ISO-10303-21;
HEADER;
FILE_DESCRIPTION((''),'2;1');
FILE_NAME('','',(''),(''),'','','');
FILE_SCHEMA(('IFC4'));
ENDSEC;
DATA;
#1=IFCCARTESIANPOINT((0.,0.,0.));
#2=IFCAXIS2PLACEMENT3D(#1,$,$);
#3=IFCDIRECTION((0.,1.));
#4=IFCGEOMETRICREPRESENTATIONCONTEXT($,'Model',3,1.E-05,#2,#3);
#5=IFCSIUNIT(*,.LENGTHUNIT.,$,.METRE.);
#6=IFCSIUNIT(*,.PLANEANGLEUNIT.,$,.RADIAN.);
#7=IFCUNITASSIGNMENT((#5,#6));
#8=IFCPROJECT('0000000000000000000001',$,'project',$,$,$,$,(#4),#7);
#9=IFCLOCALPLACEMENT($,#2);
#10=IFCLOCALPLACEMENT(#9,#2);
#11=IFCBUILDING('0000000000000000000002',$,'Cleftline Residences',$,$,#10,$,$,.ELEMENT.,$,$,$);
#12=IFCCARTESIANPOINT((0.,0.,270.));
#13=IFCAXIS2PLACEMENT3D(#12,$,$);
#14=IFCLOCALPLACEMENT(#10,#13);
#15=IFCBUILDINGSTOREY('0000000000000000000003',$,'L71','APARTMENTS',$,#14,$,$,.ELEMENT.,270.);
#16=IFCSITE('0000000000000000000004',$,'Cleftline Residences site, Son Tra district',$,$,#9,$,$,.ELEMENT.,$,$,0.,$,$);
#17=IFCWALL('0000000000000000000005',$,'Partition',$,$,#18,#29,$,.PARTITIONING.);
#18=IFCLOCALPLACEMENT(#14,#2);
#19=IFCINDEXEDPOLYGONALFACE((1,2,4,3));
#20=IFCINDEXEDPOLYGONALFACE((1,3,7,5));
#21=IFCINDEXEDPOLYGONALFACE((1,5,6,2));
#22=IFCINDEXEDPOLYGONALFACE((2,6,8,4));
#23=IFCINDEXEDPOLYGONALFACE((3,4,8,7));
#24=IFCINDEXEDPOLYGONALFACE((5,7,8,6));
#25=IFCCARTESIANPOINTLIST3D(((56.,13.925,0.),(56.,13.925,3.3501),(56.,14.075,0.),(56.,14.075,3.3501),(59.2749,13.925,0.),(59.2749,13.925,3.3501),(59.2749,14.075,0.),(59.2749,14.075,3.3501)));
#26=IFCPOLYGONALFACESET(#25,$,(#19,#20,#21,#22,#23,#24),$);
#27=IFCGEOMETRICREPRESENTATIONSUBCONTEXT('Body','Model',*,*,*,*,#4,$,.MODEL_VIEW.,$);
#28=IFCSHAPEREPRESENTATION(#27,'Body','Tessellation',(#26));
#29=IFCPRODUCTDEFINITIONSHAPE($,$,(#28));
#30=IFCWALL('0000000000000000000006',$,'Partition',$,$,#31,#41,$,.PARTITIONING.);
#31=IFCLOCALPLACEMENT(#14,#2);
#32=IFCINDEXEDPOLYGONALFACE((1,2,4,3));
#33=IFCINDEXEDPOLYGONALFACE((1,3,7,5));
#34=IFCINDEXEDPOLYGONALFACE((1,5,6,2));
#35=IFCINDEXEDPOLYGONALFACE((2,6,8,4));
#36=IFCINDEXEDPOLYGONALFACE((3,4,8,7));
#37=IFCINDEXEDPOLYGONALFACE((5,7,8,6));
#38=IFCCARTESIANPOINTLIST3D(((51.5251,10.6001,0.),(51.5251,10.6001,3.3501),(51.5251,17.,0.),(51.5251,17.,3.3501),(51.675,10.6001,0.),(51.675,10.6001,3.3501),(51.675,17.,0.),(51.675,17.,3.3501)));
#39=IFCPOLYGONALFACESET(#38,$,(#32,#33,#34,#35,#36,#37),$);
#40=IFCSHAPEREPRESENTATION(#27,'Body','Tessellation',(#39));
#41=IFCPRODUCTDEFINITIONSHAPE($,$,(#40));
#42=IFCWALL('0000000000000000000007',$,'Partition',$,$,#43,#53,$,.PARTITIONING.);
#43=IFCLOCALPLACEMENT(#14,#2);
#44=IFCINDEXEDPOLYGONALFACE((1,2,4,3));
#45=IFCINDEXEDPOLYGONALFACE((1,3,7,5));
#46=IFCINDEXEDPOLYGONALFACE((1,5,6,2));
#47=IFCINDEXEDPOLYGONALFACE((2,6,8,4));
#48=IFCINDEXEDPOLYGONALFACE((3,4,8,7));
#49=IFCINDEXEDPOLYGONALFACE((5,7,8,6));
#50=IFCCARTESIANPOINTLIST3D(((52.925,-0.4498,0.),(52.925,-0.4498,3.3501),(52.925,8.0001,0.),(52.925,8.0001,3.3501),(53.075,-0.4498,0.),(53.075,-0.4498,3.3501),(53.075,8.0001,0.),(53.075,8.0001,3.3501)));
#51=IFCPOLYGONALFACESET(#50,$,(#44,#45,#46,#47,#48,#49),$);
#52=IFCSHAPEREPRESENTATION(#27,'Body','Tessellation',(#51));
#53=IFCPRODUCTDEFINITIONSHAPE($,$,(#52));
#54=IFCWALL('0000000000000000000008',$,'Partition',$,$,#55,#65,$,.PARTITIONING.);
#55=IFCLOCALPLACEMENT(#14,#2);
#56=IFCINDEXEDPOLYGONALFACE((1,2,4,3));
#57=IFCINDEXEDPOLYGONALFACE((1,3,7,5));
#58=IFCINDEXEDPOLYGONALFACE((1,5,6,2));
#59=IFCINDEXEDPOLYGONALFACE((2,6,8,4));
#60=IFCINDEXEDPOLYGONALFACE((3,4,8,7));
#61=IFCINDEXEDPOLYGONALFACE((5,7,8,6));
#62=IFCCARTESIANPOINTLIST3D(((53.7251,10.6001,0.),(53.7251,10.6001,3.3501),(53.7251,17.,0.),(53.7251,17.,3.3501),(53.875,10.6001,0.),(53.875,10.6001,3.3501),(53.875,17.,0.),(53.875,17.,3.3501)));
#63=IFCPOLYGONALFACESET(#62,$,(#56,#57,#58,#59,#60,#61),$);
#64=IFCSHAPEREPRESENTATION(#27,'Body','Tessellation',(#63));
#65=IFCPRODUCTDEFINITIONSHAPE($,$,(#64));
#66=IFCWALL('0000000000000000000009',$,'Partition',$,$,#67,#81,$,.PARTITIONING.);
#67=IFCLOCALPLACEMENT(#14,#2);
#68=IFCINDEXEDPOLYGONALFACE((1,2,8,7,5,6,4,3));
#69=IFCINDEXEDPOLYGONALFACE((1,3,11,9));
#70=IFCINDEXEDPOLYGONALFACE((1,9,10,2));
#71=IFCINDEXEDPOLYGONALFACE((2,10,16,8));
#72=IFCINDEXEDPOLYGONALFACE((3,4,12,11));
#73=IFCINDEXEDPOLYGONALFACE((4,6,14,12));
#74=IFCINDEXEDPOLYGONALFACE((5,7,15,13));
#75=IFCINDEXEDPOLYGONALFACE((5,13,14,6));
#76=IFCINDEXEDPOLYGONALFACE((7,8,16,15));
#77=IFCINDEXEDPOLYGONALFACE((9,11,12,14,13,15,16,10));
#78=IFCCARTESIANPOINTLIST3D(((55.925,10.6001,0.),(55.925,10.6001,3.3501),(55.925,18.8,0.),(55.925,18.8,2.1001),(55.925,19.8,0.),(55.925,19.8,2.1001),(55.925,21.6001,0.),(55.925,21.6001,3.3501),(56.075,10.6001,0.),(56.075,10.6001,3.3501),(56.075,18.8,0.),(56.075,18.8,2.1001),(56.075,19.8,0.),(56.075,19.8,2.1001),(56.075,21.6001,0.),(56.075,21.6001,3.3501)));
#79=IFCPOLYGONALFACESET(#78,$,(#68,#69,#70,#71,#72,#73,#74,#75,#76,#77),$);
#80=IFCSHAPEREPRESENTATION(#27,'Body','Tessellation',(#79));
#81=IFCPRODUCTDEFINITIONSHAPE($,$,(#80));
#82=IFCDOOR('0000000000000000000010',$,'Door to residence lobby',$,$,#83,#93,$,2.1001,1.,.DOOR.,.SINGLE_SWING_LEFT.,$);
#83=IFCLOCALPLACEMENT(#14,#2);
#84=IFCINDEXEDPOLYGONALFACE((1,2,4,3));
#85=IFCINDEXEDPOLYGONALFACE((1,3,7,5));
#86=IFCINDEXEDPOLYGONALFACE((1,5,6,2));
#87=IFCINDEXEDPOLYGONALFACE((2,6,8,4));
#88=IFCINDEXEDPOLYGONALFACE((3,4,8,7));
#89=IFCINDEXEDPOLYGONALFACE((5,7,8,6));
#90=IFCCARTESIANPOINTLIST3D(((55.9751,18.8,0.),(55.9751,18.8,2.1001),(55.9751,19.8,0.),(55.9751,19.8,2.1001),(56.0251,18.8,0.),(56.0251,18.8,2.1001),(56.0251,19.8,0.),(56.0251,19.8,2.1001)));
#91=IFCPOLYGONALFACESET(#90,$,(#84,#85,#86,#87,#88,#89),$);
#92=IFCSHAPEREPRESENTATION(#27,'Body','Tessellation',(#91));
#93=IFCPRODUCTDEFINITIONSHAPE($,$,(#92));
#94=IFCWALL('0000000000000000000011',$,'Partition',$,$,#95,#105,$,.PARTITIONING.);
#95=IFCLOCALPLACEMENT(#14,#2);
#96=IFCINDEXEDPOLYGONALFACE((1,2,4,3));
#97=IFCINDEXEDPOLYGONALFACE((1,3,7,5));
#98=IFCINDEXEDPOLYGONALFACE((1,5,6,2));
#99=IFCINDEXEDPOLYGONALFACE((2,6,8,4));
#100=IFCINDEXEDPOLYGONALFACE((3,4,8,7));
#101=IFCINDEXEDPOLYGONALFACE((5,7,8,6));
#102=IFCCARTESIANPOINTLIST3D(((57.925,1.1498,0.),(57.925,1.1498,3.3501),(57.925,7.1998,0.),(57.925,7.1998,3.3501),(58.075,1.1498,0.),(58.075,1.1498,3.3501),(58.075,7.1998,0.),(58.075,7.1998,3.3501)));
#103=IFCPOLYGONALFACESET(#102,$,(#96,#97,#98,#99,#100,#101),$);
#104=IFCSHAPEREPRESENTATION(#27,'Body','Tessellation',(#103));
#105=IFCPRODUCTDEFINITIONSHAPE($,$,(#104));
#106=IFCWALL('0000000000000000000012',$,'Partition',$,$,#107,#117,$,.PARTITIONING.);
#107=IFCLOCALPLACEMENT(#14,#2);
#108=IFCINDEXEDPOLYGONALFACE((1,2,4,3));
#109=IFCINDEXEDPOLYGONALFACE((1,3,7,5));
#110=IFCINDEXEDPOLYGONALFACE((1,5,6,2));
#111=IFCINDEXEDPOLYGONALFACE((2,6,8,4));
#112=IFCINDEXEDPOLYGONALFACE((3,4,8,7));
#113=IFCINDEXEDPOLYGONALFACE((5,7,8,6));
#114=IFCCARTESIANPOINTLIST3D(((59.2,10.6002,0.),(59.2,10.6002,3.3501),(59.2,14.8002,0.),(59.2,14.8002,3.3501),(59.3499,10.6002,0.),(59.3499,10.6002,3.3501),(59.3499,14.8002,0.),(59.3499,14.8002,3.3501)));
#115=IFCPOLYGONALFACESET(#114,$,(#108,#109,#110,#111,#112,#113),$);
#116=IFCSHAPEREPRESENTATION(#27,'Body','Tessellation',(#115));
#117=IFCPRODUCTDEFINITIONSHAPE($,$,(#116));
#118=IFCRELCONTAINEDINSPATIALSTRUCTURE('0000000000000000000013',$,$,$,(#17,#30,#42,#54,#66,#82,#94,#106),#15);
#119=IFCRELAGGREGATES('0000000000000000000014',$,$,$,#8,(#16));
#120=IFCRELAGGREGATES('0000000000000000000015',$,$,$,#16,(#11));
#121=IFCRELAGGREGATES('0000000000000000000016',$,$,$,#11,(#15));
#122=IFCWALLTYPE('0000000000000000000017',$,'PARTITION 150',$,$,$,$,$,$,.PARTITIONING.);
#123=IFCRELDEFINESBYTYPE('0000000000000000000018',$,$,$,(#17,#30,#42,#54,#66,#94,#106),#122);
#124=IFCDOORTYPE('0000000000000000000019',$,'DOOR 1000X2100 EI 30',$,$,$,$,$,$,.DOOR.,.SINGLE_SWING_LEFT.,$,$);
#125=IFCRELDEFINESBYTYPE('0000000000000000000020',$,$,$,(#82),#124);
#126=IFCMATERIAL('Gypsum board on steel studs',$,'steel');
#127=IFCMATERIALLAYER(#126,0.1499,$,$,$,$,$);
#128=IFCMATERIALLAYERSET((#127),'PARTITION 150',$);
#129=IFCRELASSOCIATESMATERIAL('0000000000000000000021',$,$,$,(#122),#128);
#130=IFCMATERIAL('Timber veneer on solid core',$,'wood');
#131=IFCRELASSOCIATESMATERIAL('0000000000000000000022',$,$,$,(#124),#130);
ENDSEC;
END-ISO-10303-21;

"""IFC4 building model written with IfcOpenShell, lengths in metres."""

from ifc_helpers import new_model, si_unit, direction, frame, frame_2d, origin, place, context, subcontext, project, spatial, rectangle, extrude, material, layer, layer_set, type_object, element, fill, save


model = new_model("IFC4")

# Units and contexts
model_context = context("Model", 3, precision=1e-05, world=origin(), true_north=direction((0.0, 1.0)))
body_context = subcontext(model_context, "Body", "Model", "MODEL_VIEW")
ifc_project = project(units=[si_unit("LENGTHUNIT", "METRE"), si_unit("PLANEANGLEUNIT", "RADIAN")], contexts=[model_context])

# Site, building, storey
site_placement = place(None, origin())
site = spatial("IfcSite", under=ifc_project, at=site_placement, Name="Cleftline Residences site, Son Tra district", CompositionType="ELEMENT", RefElevation=0.0)
building_placement = place(site_placement, origin())
building = spatial("IfcBuilding", under=site, at=building_placement, Name="Cleftline Residences", CompositionType="ELEMENT")
storey_placement = place(building_placement, frame((0.0, 0.0, 270.0)))
storey = spatial("IfcBuildingStorey", under=building, at=storey_placement, Name="L71", Description="APARTMENTS", CompositionType="ELEMENT", Elevation=270.0)

# Shared definitions
ifc_material_1 = material(Name="Gypsum board on steel studs", Category="steel")
ifc_layer_1 = layer(ifc_material_1, 0.1499)
ifc_layer_set_1 = layer_set([ifc_layer_1], Name="PARTITION 150")
wall_type_1 = type_object("IfcWallType", Name="PARTITION 150", PredefinedType="PARTITIONING", material=ifc_layer_set_1)

# Walls
wall_1_placement = place(storey_placement, frame((56.0, 14.0, 0.0), z_axis=(0.0, 0.0, 1.0), x_axis=(1.0, 0.0, 0.0)))
element("IfcWall", 1, at=wall_1_placement, inside=storey, type_object=wall_type_1, Name="Partition", PredefinedType="PARTITIONING", context=body_context, shape_type="SweptSolid", body=[
    extrude(rectangle(XDim=3.2749, YDim=0.1499, at=frame_2d((1.6375, 0.0))), origin(), (0.0, 0.0, 1.0), 3.3501),
])
wall_2_placement = place(storey_placement, frame((51.6001, 10.6001, 0.0), z_axis=(0.0, 0.0, 1.0), x_axis=(0.0, 1.0, 0.0)))
element("IfcWall", 2, at=wall_2_placement, inside=storey, type_object=wall_type_1, Name="Partition", PredefinedType="PARTITIONING", context=body_context, shape_type="SweptSolid", body=[
    extrude(rectangle(XDim=6.3999, YDim=0.1499, at=frame_2d((3.2, 0.0))), origin(), (0.0, 0.0, 1.0), 3.3501),
])
wall_3_placement = place(storey_placement, frame((53.0, -0.45, 0.0), z_axis=(0.0, 0.0, 1.0), x_axis=(0.0, 1.0, 0.0)))
element("IfcWall", 3, at=wall_3_placement, inside=storey, type_object=wall_type_1, Name="Partition", PredefinedType="PARTITIONING", context=body_context, shape_type="SweptSolid", body=[
    extrude(rectangle(XDim=8.45, YDim=0.1499, at=frame_2d((4.2251, 0.0))), origin(), (0.0, 0.0, 1.0), 3.3501),
])
wall_4_placement = place(storey_placement, frame((53.8, 10.6001, 0.0), z_axis=(0.0, 0.0, 1.0), x_axis=(0.0, 1.0, 0.0)))
element("IfcWall", 4, at=wall_4_placement, inside=storey, type_object=wall_type_1, Name="Partition", PredefinedType="PARTITIONING", context=body_context, shape_type="SweptSolid", body=[
    extrude(rectangle(XDim=6.3999, YDim=0.1499, at=frame_2d((3.2, 0.0))), origin(), (0.0, 0.0, 1.0), 3.3501),
])

# Wall, opening, door
wall_5_placement = place(storey_placement, frame((56.0, 10.6001, 0.0), z_axis=(0.0, 0.0, 1.0), x_axis=(0.0, 1.0, 0.0)))
wall_5 = element("IfcWall", 5, at=wall_5_placement, inside=storey, type_object=wall_type_1, Name="Partition", PredefinedType="PARTITIONING", context=body_context, shape_type="SweptSolid", body=[
    extrude(rectangle(XDim=11.0, YDim=0.1499, at=frame_2d((5.5, 0.0))), origin(), (0.0, 0.0, 1.0), 3.3501),
])
opening_1_placement = place(wall_5_placement, frame((8.2, 0.0, 0.0)))
opening_1 = element("IfcOpeningElement", 6, at=opening_1_placement, cuts=wall_5, PredefinedType="OPENING", context=body_context, shape_type="SweptSolid", body=[
    extrude(rectangle(XDim=1.0, YDim=2.1001, at=frame_2d((0.5, 1.05))), frame((0.0, 0.085, 0.0), z_axis=(0.0, -1.0, 0.0), x_axis=(1.0, 0.0, 0.0)), (0.0, 0.0, 1.0), 0.1699),
])
ifc_material_2 = material(Name="Timber veneer on solid core", Category="wood")
door_type_1 = type_object("IfcDoorType", Name="DOOR 1000X2100 EI 30", OperationType="SINGLE_SWING_LEFT", PredefinedType="DOOR", material=ifc_material_2)
door_1_placement = place(opening_1_placement, origin())
door_1 = element("IfcDoor", 7, at=door_1_placement, inside=storey, type_object=door_type_1, Name="Door to residence lobby", OperationType="SINGLE_SWING_LEFT", OverallHeight=2.1001, OverallWidth=1.0, PredefinedType="DOOR", context=body_context, shape_type="SweptSolid", body=[
    extrude(rectangle(XDim=1.0, YDim=2.1001, at=frame_2d((0.5, 1.05))), frame((0.0, 0.0249, 0.0), z_axis=(0.0, -1.0, 0.0), x_axis=(1.0, 0.0, 0.0)), (0.0, 0.0, 1.0), 0.05),
])
fill(opening_1, door_1)

# Walls
wall_6_placement = place(storey_placement, frame((58.0, 1.1499, 0.0), z_axis=(0.0, 0.0, 1.0), x_axis=(0.0, 1.0, 0.0)))
element("IfcWall", 8, at=wall_6_placement, inside=storey, type_object=wall_type_1, Name="Partition", PredefinedType="PARTITIONING", context=body_context, shape_type="SweptSolid", body=[
    extrude(rectangle(XDim=6.05, YDim=0.1499, at=frame_2d((3.0249, 0.0))), origin(), (0.0, 0.0, 1.0), 3.3501),
])
wall_7_placement = place(storey_placement, frame((59.2749, 10.6001, 0.0), z_axis=(0.0, 0.0, 1.0), x_axis=(0.0, 1.0, 0.0)))
element("IfcWall", 9, at=wall_7_placement, inside=storey, type_object=wall_type_1, Name="Partition", PredefinedType="PARTITIONING", context=body_context, shape_type="SweptSolid", body=[
    extrude(rectangle(XDim=4.2, YDim=0.1499, at=frame_2d((2.1001, 0.0))), origin(), (0.0, 0.0, 1.0), 3.3501),
])

save(model, "model.ifc")
